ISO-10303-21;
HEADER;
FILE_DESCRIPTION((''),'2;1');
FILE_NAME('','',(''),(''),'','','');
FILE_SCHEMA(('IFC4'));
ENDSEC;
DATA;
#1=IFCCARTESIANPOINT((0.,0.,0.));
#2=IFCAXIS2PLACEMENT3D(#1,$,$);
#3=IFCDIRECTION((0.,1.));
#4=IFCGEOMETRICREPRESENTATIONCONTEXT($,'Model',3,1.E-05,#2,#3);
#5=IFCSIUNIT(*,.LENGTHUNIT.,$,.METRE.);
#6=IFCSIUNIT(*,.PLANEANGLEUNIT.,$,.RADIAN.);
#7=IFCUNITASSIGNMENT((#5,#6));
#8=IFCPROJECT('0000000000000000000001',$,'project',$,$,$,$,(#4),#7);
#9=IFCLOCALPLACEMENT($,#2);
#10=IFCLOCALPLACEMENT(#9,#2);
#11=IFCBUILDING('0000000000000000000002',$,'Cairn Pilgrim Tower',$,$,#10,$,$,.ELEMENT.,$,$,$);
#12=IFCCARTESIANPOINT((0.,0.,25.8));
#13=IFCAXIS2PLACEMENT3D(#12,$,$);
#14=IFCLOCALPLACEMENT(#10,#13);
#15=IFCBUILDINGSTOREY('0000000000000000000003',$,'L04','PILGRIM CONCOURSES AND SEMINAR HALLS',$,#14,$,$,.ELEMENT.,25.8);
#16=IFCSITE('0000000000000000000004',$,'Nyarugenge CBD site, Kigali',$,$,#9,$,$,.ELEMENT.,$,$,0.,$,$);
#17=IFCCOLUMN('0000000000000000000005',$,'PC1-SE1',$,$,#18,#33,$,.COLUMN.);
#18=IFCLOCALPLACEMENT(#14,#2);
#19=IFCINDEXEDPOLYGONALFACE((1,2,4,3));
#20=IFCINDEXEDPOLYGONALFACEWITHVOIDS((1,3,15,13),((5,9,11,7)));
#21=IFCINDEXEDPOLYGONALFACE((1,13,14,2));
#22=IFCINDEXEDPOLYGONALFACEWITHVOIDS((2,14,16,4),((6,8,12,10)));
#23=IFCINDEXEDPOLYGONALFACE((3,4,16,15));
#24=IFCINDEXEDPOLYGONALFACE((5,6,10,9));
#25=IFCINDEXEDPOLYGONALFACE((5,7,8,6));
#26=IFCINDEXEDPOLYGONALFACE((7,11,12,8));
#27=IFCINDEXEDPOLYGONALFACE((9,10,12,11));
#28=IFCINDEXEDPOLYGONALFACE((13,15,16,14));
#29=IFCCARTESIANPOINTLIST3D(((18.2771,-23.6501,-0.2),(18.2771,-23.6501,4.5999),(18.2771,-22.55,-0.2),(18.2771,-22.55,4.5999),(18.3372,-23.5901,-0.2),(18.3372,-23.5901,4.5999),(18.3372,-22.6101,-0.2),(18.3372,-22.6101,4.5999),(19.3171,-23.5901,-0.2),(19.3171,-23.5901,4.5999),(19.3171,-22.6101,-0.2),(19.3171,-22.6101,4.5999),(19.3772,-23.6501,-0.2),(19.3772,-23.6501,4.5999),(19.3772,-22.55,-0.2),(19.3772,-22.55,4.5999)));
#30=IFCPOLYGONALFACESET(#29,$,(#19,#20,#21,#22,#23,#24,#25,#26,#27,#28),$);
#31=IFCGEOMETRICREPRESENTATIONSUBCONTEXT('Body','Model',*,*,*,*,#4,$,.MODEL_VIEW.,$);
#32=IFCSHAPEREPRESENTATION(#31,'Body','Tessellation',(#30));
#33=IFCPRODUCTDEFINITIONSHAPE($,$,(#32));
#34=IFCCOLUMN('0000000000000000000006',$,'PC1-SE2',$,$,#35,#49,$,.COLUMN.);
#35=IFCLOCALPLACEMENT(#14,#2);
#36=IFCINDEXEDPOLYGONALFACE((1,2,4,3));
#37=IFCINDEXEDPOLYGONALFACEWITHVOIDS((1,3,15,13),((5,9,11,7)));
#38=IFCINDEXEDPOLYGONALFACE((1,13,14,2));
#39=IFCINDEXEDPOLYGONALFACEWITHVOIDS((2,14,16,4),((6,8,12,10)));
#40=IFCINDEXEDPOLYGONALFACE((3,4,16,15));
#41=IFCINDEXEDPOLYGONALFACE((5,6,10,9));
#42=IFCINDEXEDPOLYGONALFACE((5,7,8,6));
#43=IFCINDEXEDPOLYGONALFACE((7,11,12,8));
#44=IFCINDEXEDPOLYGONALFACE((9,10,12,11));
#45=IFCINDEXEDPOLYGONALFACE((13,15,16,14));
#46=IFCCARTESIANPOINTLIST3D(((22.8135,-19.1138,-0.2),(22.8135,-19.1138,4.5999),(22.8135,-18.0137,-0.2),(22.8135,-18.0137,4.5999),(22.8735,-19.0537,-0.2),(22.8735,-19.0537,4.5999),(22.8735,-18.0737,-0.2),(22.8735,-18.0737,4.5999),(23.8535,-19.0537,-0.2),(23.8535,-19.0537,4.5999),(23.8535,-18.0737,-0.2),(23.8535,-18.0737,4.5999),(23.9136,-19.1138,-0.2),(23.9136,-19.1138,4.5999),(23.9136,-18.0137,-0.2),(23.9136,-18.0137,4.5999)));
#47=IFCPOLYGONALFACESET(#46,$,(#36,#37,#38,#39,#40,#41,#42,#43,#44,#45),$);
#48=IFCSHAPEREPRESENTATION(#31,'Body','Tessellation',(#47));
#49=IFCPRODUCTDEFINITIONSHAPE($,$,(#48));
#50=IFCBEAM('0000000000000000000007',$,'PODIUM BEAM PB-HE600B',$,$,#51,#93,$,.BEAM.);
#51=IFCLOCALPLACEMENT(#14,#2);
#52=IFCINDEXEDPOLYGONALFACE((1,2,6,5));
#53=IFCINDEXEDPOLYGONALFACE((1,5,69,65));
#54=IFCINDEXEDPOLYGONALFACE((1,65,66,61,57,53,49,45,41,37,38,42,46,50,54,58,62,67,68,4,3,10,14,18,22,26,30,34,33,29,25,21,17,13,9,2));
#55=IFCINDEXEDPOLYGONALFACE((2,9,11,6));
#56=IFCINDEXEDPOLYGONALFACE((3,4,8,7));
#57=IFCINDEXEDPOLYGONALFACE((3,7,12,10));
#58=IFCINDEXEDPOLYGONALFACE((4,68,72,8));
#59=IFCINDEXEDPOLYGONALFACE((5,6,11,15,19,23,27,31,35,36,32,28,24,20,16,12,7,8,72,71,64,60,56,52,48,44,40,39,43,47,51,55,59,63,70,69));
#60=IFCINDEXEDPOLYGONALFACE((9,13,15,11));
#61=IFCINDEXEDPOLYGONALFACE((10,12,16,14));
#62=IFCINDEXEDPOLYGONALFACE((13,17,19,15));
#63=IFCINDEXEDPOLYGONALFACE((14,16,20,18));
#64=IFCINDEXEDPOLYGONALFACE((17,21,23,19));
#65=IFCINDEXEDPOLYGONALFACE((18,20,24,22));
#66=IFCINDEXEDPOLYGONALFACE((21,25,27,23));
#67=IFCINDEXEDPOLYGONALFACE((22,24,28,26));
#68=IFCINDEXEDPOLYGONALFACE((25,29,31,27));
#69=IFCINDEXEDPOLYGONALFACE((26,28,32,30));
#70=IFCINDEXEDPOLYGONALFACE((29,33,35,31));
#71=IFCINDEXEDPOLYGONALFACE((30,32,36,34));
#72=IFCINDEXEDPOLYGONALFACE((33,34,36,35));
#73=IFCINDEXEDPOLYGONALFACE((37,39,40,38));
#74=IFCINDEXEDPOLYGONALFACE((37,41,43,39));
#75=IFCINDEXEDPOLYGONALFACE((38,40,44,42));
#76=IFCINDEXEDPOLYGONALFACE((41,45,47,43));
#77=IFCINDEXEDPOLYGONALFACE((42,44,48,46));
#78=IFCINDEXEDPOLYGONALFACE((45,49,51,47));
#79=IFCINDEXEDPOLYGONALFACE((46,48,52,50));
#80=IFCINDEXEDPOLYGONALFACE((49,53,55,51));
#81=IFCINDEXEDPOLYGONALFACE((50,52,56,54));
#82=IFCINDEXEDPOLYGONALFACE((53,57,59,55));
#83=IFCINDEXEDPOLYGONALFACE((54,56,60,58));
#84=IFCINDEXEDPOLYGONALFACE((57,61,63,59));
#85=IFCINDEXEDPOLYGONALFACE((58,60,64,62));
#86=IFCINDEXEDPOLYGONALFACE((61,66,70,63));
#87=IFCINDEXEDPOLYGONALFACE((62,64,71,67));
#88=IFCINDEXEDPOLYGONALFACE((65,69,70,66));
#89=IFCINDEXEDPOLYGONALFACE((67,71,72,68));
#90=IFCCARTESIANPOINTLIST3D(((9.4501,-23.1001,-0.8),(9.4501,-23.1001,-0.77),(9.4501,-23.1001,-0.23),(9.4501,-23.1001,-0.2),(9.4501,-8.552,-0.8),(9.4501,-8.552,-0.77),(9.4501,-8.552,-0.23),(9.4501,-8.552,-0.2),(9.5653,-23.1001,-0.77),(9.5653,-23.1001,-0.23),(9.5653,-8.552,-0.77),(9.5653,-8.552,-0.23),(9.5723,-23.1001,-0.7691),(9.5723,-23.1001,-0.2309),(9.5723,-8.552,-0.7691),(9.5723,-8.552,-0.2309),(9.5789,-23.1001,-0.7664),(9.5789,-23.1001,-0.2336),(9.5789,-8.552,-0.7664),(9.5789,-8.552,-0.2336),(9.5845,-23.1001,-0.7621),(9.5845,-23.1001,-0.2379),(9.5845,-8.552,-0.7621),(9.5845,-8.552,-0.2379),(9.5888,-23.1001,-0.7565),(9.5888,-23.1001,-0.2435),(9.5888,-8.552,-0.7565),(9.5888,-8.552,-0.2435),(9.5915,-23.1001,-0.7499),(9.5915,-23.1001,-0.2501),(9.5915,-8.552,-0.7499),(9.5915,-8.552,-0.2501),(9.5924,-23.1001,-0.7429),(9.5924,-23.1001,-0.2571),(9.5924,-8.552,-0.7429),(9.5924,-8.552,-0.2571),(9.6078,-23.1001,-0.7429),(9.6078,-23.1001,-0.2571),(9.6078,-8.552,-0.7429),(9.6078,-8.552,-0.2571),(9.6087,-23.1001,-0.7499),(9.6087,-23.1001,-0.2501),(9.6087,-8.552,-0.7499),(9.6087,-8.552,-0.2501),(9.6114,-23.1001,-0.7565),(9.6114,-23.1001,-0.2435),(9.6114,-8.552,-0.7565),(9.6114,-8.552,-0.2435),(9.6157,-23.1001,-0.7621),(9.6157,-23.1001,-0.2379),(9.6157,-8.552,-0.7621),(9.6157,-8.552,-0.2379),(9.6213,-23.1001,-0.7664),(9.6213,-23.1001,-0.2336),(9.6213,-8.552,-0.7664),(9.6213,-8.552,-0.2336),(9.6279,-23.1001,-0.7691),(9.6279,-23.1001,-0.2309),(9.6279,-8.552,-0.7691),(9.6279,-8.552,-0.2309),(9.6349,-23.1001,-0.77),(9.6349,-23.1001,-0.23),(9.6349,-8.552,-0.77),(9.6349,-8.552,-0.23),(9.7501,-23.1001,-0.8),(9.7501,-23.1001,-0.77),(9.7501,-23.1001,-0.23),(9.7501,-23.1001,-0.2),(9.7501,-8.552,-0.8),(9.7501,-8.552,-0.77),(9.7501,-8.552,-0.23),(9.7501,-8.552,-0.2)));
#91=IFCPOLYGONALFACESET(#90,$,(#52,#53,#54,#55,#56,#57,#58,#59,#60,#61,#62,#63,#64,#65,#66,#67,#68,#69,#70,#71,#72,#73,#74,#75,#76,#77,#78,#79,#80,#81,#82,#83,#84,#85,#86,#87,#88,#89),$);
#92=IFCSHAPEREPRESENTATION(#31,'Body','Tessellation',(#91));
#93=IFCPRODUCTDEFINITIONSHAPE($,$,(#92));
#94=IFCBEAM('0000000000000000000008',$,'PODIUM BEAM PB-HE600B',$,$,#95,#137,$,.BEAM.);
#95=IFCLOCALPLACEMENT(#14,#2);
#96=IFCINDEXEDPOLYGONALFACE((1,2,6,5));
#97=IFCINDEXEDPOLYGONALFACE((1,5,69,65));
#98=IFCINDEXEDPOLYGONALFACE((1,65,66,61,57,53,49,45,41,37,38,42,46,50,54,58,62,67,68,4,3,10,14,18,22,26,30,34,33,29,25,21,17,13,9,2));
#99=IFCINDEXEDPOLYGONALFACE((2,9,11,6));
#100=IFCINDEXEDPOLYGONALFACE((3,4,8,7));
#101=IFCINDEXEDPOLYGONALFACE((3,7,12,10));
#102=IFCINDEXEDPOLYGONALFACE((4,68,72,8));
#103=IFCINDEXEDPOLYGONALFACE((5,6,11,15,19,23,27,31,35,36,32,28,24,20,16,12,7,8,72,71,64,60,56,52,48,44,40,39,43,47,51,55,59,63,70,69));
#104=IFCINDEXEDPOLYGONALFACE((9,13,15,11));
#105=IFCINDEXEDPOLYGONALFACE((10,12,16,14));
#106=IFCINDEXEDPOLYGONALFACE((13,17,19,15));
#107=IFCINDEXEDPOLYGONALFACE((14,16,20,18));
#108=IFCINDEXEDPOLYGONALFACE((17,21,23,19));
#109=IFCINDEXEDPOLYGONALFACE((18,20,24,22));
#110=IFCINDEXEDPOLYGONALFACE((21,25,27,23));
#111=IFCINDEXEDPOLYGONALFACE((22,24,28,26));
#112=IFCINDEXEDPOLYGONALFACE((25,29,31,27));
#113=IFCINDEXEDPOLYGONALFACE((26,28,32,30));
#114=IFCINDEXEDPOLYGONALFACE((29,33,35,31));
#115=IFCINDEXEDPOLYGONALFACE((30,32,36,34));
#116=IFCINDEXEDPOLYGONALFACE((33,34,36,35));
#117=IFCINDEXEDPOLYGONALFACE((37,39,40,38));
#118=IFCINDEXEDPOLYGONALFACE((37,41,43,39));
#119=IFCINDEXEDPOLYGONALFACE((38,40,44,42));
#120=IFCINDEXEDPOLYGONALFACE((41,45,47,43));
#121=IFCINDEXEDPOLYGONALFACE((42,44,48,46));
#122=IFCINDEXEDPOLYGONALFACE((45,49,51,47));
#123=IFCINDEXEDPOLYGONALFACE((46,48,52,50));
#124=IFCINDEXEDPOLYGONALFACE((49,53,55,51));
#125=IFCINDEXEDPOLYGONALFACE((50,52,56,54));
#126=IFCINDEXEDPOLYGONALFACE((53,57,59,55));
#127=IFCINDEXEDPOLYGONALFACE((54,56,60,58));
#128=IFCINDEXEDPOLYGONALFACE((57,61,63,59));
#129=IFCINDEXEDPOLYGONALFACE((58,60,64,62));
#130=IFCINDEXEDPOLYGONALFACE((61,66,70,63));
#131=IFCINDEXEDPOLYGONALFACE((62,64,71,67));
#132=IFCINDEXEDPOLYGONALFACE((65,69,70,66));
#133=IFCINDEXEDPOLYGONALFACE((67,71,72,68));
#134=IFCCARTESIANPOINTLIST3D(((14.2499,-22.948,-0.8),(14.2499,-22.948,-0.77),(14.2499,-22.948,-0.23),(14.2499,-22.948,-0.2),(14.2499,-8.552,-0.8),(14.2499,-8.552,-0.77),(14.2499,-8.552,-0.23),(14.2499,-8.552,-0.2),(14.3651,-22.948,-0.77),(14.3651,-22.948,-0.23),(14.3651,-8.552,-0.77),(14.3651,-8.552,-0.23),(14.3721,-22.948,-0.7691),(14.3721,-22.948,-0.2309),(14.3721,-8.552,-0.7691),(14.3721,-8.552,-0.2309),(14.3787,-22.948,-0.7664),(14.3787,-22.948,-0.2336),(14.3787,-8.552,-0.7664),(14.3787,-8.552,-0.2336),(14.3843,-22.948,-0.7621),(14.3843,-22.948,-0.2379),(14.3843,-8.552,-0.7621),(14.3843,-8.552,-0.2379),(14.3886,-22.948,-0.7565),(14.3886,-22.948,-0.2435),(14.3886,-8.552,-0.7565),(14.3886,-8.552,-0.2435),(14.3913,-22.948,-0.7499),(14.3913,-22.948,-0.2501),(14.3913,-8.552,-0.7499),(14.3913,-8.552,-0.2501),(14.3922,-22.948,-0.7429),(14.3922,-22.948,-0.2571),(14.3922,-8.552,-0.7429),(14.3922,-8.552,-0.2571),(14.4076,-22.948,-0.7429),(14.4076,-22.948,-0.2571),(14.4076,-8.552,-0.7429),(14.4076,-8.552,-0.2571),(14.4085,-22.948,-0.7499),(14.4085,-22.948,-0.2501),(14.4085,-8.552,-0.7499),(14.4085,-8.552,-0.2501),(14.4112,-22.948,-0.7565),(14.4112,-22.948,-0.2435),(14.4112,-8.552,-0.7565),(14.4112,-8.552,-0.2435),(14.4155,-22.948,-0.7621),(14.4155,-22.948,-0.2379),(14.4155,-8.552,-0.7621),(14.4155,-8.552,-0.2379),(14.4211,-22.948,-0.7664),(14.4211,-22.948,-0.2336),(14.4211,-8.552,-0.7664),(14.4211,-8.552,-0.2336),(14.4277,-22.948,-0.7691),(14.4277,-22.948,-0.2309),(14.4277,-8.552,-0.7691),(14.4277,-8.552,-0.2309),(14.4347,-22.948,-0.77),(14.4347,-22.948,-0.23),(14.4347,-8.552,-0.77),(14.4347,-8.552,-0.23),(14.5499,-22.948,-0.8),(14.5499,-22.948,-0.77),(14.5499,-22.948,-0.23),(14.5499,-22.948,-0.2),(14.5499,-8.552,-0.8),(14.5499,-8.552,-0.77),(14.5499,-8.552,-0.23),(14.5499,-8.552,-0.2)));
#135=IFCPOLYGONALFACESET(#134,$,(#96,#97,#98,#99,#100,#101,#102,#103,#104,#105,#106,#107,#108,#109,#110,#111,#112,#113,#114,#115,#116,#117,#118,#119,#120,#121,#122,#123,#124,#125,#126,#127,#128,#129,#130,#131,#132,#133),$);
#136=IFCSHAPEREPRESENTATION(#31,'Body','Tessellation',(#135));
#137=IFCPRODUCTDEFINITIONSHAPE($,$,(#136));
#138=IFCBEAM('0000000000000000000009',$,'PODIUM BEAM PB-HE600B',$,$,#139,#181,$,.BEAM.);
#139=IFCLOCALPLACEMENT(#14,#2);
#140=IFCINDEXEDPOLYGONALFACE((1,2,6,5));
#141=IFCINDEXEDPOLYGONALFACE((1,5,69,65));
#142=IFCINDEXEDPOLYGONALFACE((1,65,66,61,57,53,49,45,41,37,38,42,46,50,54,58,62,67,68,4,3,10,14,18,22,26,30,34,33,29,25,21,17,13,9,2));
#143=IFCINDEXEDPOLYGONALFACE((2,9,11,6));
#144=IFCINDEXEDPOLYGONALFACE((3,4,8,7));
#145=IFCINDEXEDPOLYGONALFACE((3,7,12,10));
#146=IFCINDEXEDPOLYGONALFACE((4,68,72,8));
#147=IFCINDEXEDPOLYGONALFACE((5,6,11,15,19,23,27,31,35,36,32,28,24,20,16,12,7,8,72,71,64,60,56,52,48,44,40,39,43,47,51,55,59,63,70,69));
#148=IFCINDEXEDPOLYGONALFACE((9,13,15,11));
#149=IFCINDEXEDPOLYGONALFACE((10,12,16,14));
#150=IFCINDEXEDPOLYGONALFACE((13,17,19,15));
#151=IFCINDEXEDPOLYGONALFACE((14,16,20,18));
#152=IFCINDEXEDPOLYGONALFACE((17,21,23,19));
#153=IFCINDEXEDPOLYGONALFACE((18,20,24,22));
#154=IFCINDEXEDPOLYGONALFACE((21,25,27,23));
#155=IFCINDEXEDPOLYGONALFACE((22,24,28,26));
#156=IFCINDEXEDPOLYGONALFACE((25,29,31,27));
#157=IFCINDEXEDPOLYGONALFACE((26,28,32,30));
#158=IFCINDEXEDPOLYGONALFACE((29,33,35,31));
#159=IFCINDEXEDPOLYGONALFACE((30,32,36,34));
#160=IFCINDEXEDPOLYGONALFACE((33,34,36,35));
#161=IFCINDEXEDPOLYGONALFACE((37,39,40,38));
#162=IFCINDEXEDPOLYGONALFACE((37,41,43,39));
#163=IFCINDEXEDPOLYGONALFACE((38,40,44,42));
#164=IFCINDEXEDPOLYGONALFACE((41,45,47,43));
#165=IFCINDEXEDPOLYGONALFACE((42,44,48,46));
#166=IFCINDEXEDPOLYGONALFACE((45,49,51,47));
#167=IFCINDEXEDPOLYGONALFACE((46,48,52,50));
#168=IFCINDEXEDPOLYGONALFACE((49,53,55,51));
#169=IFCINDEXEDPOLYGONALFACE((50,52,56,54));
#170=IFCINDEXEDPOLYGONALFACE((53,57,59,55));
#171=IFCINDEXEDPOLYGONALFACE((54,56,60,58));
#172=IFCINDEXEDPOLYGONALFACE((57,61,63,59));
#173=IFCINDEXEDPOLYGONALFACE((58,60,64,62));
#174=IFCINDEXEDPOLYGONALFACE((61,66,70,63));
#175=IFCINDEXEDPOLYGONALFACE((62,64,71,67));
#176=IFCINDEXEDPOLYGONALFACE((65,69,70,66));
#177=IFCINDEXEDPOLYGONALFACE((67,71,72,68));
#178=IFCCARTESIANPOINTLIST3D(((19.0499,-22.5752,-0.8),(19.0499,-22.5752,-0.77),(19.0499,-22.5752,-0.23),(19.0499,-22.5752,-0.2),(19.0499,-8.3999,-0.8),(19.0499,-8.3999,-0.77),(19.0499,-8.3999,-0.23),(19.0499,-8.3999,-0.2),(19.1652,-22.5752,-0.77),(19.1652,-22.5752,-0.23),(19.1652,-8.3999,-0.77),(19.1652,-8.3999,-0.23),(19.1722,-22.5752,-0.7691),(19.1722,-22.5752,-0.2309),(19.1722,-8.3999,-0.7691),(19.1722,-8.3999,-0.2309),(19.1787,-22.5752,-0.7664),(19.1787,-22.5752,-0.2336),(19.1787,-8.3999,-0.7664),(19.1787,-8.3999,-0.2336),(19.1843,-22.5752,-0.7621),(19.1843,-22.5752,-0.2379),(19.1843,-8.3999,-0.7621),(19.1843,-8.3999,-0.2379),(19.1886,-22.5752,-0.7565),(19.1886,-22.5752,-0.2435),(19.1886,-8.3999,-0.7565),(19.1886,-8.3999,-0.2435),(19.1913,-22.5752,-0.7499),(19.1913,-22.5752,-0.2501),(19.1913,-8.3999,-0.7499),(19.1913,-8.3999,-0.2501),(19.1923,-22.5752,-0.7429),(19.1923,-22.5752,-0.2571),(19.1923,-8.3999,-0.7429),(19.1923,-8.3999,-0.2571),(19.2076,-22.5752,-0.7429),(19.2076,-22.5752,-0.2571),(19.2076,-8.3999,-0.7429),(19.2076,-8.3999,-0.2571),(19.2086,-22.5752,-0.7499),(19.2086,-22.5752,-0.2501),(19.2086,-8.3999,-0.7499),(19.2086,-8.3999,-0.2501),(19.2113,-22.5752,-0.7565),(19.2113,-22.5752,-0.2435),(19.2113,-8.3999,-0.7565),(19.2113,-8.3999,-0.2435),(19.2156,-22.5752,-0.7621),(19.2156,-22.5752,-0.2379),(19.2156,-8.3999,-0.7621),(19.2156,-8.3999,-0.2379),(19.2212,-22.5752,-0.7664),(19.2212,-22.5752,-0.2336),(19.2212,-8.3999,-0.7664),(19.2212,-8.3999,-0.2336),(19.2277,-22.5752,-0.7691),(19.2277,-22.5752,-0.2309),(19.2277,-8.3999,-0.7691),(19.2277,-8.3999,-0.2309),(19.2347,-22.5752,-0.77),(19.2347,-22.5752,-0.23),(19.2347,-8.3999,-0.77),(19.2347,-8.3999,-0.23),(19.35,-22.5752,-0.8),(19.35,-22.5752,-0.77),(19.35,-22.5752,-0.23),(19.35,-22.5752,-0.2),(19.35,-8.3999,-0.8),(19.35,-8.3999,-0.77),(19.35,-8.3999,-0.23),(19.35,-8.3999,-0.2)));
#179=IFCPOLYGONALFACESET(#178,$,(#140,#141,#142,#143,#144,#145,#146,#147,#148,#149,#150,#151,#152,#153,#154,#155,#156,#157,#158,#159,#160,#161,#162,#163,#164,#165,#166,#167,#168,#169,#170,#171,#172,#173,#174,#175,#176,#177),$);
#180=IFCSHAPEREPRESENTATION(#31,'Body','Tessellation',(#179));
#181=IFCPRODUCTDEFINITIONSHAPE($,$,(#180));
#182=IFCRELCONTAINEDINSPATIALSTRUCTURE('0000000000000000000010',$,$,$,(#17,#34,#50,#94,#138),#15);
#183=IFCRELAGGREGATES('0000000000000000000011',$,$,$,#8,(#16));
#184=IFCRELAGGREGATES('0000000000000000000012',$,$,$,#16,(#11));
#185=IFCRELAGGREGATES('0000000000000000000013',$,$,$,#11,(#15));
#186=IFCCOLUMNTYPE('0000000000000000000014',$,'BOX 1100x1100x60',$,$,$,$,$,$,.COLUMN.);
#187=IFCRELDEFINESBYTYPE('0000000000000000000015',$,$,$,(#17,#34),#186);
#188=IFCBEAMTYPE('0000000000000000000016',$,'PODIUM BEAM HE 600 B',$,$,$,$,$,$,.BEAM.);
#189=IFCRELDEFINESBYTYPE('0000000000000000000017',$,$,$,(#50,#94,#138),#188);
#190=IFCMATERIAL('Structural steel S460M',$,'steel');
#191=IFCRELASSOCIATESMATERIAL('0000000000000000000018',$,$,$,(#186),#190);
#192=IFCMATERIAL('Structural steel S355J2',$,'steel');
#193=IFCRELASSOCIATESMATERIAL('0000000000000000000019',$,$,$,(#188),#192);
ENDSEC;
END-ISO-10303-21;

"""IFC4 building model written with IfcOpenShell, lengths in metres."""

from ifc_helpers import new_model, si_unit, direction, frame, origin, origin_2d, place, context, subcontext, project, spatial, hollow_rectangle, i_section, extrude, material, material_profile, profile_set, type_object, element, save


model = new_model("IFC4")

# Units and contexts
model_context = context("Model", 3, precision=1e-05, world=origin(), true_north=direction((0.0, 1.0)))
body_context = subcontext(model_context, "Body", "Model", "MODEL_VIEW")
ifc_project = project(units=[si_unit("LENGTHUNIT", "METRE"), si_unit("PLANEANGLEUNIT", "RADIAN")], contexts=[model_context])

# Site, building, storey
site_placement = place(None, origin())
site = spatial("IfcSite", under=ifc_project, at=site_placement, Name="Nyarugenge CBD site, Kigali", CompositionType="ELEMENT", RefElevation=0.0)
building_placement = place(site_placement, origin())
building = spatial("IfcBuilding", under=site, at=building_placement, Name="Cairn Pilgrim Tower", CompositionType="ELEMENT")
storey_placement = place(building_placement, frame((0.0, 0.0, 25.8)))
storey = spatial("IfcBuildingStorey", under=building, at=storey_placement, Name="L04", Description="PILGRIM CONCOURSES AND SEMINAR HALLS", CompositionType="ELEMENT", Elevation=25.8)

# Columns
ifc_material_1 = material(Name="Structural steel S460M", Category="steel")
ifc_material_profile_1 = material_profile(ifc_material_1, hollow_rectangle(XDim=1.1001, YDim=1.1001, WallThickness=0.0601, at=origin_2d()), Name="BOX 1100x1100x60")
ifc_profile_set_1 = profile_set([ifc_material_profile_1], Name="Structural steel S460M")
column_type = type_object("IfcColumnType", Name="BOX 1100x1100x60", PredefinedType="COLUMN", material=ifc_profile_set_1)
for number, where, z_axis, x_axis, name in (
    (1, (18.8271, -23.1001, -0.2), (0.0, 0.0, 1.0), (1.0, 0.0, 0.0), "PC1-SE1"),
    (2, (23.3635, -18.5637, -0.2), (0.0, 0.0, 1.0), (1.0, 0.0, 0.0), "PC1-SE2"),
):
    element("IfcColumn", number, at=place(storey_placement, frame(where, z_axis=z_axis, x_axis=x_axis)), inside=storey, type_object=column_type, Name=name, PredefinedType="COLUMN", context=body_context, shape_type="SweptSolid", body=[
        extrude(hollow_rectangle(XDim=1.1001, YDim=1.1001, WallThickness=0.0601, at=origin_2d()), origin(), (0.0, 0.0, 1.0), 4.7998),
    ])

# Beams
ifc_material_2 = material(Name="Structural steel S355J2", Category="steel")
ifc_material_profile_2 = material_profile(ifc_material_2, i_section(OverallWidth=0.3, OverallDepth=0.6001, WebThickness=0.0154, FlangeThickness=0.03, FilletRadius=0.0271, at=origin_2d()), Name="HEB 600")
ifc_profile_set_2 = profile_set([ifc_material_profile_2], Name="Structural steel S355J2")
beam_type_1 = type_object("IfcBeamType", Name="PODIUM BEAM HE 600 B", PredefinedType="BEAM", material=ifc_profile_set_2)
beam_1_placement = place(storey_placement, frame((9.6001, -23.1001, -0.5), z_axis=(0.0, 1.0, 0.0), x_axis=(-1.0, 0.0, 0.0)))
element("IfcBeam", 3, at=beam_1_placement, inside=storey, type_object=beam_type_1, Name="PODIUM BEAM PB-HE600B", PredefinedType="BEAM", context=body_context, shape_type="SweptSolid", body=[
    extrude(i_section(OverallWidth=0.3, OverallDepth=0.6001, WebThickness=0.0154, FlangeThickness=0.03, FilletRadius=0.0271, at=origin_2d()), origin(), (0.0, 0.0, 1.0), 14.5481),
])
beam_2_placement = place(storey_placement, frame((14.3999, -22.948, -0.5), z_axis=(0.0, 1.0, 0.0), x_axis=(-1.0, 0.0, 0.0)))
element("IfcBeam", 4, at=beam_2_placement, inside=storey, type_object=beam_type_1, Name="PODIUM BEAM PB-HE600B", PredefinedType="BEAM", context=body_context, shape_type="SweptSolid", body=[
    extrude(i_section(OverallWidth=0.3, OverallDepth=0.6001, WebThickness=0.0154, FlangeThickness=0.03, FilletRadius=0.0271, at=origin_2d()), origin(), (0.0, 0.0, 1.0), 14.396),
])
beam_3_placement = place(storey_placement, frame((19.2, -22.5752, -0.5), z_axis=(0.0, 1.0, 0.0), x_axis=(-1.0, 0.0, 0.0)))
element("IfcBeam", 5, at=beam_3_placement, inside=storey, type_object=beam_type_1, Name="PODIUM BEAM PB-HE600B", PredefinedType="BEAM", context=body_context, shape_type="SweptSolid", body=[
    extrude(i_section(OverallWidth=0.3, OverallDepth=0.6001, WebThickness=0.0154, FlangeThickness=0.03, FilletRadius=0.0271, at=origin_2d()), origin(), (0.0, 0.0, 1.0), 14.1753),
])

save(model, "model.ifc")
